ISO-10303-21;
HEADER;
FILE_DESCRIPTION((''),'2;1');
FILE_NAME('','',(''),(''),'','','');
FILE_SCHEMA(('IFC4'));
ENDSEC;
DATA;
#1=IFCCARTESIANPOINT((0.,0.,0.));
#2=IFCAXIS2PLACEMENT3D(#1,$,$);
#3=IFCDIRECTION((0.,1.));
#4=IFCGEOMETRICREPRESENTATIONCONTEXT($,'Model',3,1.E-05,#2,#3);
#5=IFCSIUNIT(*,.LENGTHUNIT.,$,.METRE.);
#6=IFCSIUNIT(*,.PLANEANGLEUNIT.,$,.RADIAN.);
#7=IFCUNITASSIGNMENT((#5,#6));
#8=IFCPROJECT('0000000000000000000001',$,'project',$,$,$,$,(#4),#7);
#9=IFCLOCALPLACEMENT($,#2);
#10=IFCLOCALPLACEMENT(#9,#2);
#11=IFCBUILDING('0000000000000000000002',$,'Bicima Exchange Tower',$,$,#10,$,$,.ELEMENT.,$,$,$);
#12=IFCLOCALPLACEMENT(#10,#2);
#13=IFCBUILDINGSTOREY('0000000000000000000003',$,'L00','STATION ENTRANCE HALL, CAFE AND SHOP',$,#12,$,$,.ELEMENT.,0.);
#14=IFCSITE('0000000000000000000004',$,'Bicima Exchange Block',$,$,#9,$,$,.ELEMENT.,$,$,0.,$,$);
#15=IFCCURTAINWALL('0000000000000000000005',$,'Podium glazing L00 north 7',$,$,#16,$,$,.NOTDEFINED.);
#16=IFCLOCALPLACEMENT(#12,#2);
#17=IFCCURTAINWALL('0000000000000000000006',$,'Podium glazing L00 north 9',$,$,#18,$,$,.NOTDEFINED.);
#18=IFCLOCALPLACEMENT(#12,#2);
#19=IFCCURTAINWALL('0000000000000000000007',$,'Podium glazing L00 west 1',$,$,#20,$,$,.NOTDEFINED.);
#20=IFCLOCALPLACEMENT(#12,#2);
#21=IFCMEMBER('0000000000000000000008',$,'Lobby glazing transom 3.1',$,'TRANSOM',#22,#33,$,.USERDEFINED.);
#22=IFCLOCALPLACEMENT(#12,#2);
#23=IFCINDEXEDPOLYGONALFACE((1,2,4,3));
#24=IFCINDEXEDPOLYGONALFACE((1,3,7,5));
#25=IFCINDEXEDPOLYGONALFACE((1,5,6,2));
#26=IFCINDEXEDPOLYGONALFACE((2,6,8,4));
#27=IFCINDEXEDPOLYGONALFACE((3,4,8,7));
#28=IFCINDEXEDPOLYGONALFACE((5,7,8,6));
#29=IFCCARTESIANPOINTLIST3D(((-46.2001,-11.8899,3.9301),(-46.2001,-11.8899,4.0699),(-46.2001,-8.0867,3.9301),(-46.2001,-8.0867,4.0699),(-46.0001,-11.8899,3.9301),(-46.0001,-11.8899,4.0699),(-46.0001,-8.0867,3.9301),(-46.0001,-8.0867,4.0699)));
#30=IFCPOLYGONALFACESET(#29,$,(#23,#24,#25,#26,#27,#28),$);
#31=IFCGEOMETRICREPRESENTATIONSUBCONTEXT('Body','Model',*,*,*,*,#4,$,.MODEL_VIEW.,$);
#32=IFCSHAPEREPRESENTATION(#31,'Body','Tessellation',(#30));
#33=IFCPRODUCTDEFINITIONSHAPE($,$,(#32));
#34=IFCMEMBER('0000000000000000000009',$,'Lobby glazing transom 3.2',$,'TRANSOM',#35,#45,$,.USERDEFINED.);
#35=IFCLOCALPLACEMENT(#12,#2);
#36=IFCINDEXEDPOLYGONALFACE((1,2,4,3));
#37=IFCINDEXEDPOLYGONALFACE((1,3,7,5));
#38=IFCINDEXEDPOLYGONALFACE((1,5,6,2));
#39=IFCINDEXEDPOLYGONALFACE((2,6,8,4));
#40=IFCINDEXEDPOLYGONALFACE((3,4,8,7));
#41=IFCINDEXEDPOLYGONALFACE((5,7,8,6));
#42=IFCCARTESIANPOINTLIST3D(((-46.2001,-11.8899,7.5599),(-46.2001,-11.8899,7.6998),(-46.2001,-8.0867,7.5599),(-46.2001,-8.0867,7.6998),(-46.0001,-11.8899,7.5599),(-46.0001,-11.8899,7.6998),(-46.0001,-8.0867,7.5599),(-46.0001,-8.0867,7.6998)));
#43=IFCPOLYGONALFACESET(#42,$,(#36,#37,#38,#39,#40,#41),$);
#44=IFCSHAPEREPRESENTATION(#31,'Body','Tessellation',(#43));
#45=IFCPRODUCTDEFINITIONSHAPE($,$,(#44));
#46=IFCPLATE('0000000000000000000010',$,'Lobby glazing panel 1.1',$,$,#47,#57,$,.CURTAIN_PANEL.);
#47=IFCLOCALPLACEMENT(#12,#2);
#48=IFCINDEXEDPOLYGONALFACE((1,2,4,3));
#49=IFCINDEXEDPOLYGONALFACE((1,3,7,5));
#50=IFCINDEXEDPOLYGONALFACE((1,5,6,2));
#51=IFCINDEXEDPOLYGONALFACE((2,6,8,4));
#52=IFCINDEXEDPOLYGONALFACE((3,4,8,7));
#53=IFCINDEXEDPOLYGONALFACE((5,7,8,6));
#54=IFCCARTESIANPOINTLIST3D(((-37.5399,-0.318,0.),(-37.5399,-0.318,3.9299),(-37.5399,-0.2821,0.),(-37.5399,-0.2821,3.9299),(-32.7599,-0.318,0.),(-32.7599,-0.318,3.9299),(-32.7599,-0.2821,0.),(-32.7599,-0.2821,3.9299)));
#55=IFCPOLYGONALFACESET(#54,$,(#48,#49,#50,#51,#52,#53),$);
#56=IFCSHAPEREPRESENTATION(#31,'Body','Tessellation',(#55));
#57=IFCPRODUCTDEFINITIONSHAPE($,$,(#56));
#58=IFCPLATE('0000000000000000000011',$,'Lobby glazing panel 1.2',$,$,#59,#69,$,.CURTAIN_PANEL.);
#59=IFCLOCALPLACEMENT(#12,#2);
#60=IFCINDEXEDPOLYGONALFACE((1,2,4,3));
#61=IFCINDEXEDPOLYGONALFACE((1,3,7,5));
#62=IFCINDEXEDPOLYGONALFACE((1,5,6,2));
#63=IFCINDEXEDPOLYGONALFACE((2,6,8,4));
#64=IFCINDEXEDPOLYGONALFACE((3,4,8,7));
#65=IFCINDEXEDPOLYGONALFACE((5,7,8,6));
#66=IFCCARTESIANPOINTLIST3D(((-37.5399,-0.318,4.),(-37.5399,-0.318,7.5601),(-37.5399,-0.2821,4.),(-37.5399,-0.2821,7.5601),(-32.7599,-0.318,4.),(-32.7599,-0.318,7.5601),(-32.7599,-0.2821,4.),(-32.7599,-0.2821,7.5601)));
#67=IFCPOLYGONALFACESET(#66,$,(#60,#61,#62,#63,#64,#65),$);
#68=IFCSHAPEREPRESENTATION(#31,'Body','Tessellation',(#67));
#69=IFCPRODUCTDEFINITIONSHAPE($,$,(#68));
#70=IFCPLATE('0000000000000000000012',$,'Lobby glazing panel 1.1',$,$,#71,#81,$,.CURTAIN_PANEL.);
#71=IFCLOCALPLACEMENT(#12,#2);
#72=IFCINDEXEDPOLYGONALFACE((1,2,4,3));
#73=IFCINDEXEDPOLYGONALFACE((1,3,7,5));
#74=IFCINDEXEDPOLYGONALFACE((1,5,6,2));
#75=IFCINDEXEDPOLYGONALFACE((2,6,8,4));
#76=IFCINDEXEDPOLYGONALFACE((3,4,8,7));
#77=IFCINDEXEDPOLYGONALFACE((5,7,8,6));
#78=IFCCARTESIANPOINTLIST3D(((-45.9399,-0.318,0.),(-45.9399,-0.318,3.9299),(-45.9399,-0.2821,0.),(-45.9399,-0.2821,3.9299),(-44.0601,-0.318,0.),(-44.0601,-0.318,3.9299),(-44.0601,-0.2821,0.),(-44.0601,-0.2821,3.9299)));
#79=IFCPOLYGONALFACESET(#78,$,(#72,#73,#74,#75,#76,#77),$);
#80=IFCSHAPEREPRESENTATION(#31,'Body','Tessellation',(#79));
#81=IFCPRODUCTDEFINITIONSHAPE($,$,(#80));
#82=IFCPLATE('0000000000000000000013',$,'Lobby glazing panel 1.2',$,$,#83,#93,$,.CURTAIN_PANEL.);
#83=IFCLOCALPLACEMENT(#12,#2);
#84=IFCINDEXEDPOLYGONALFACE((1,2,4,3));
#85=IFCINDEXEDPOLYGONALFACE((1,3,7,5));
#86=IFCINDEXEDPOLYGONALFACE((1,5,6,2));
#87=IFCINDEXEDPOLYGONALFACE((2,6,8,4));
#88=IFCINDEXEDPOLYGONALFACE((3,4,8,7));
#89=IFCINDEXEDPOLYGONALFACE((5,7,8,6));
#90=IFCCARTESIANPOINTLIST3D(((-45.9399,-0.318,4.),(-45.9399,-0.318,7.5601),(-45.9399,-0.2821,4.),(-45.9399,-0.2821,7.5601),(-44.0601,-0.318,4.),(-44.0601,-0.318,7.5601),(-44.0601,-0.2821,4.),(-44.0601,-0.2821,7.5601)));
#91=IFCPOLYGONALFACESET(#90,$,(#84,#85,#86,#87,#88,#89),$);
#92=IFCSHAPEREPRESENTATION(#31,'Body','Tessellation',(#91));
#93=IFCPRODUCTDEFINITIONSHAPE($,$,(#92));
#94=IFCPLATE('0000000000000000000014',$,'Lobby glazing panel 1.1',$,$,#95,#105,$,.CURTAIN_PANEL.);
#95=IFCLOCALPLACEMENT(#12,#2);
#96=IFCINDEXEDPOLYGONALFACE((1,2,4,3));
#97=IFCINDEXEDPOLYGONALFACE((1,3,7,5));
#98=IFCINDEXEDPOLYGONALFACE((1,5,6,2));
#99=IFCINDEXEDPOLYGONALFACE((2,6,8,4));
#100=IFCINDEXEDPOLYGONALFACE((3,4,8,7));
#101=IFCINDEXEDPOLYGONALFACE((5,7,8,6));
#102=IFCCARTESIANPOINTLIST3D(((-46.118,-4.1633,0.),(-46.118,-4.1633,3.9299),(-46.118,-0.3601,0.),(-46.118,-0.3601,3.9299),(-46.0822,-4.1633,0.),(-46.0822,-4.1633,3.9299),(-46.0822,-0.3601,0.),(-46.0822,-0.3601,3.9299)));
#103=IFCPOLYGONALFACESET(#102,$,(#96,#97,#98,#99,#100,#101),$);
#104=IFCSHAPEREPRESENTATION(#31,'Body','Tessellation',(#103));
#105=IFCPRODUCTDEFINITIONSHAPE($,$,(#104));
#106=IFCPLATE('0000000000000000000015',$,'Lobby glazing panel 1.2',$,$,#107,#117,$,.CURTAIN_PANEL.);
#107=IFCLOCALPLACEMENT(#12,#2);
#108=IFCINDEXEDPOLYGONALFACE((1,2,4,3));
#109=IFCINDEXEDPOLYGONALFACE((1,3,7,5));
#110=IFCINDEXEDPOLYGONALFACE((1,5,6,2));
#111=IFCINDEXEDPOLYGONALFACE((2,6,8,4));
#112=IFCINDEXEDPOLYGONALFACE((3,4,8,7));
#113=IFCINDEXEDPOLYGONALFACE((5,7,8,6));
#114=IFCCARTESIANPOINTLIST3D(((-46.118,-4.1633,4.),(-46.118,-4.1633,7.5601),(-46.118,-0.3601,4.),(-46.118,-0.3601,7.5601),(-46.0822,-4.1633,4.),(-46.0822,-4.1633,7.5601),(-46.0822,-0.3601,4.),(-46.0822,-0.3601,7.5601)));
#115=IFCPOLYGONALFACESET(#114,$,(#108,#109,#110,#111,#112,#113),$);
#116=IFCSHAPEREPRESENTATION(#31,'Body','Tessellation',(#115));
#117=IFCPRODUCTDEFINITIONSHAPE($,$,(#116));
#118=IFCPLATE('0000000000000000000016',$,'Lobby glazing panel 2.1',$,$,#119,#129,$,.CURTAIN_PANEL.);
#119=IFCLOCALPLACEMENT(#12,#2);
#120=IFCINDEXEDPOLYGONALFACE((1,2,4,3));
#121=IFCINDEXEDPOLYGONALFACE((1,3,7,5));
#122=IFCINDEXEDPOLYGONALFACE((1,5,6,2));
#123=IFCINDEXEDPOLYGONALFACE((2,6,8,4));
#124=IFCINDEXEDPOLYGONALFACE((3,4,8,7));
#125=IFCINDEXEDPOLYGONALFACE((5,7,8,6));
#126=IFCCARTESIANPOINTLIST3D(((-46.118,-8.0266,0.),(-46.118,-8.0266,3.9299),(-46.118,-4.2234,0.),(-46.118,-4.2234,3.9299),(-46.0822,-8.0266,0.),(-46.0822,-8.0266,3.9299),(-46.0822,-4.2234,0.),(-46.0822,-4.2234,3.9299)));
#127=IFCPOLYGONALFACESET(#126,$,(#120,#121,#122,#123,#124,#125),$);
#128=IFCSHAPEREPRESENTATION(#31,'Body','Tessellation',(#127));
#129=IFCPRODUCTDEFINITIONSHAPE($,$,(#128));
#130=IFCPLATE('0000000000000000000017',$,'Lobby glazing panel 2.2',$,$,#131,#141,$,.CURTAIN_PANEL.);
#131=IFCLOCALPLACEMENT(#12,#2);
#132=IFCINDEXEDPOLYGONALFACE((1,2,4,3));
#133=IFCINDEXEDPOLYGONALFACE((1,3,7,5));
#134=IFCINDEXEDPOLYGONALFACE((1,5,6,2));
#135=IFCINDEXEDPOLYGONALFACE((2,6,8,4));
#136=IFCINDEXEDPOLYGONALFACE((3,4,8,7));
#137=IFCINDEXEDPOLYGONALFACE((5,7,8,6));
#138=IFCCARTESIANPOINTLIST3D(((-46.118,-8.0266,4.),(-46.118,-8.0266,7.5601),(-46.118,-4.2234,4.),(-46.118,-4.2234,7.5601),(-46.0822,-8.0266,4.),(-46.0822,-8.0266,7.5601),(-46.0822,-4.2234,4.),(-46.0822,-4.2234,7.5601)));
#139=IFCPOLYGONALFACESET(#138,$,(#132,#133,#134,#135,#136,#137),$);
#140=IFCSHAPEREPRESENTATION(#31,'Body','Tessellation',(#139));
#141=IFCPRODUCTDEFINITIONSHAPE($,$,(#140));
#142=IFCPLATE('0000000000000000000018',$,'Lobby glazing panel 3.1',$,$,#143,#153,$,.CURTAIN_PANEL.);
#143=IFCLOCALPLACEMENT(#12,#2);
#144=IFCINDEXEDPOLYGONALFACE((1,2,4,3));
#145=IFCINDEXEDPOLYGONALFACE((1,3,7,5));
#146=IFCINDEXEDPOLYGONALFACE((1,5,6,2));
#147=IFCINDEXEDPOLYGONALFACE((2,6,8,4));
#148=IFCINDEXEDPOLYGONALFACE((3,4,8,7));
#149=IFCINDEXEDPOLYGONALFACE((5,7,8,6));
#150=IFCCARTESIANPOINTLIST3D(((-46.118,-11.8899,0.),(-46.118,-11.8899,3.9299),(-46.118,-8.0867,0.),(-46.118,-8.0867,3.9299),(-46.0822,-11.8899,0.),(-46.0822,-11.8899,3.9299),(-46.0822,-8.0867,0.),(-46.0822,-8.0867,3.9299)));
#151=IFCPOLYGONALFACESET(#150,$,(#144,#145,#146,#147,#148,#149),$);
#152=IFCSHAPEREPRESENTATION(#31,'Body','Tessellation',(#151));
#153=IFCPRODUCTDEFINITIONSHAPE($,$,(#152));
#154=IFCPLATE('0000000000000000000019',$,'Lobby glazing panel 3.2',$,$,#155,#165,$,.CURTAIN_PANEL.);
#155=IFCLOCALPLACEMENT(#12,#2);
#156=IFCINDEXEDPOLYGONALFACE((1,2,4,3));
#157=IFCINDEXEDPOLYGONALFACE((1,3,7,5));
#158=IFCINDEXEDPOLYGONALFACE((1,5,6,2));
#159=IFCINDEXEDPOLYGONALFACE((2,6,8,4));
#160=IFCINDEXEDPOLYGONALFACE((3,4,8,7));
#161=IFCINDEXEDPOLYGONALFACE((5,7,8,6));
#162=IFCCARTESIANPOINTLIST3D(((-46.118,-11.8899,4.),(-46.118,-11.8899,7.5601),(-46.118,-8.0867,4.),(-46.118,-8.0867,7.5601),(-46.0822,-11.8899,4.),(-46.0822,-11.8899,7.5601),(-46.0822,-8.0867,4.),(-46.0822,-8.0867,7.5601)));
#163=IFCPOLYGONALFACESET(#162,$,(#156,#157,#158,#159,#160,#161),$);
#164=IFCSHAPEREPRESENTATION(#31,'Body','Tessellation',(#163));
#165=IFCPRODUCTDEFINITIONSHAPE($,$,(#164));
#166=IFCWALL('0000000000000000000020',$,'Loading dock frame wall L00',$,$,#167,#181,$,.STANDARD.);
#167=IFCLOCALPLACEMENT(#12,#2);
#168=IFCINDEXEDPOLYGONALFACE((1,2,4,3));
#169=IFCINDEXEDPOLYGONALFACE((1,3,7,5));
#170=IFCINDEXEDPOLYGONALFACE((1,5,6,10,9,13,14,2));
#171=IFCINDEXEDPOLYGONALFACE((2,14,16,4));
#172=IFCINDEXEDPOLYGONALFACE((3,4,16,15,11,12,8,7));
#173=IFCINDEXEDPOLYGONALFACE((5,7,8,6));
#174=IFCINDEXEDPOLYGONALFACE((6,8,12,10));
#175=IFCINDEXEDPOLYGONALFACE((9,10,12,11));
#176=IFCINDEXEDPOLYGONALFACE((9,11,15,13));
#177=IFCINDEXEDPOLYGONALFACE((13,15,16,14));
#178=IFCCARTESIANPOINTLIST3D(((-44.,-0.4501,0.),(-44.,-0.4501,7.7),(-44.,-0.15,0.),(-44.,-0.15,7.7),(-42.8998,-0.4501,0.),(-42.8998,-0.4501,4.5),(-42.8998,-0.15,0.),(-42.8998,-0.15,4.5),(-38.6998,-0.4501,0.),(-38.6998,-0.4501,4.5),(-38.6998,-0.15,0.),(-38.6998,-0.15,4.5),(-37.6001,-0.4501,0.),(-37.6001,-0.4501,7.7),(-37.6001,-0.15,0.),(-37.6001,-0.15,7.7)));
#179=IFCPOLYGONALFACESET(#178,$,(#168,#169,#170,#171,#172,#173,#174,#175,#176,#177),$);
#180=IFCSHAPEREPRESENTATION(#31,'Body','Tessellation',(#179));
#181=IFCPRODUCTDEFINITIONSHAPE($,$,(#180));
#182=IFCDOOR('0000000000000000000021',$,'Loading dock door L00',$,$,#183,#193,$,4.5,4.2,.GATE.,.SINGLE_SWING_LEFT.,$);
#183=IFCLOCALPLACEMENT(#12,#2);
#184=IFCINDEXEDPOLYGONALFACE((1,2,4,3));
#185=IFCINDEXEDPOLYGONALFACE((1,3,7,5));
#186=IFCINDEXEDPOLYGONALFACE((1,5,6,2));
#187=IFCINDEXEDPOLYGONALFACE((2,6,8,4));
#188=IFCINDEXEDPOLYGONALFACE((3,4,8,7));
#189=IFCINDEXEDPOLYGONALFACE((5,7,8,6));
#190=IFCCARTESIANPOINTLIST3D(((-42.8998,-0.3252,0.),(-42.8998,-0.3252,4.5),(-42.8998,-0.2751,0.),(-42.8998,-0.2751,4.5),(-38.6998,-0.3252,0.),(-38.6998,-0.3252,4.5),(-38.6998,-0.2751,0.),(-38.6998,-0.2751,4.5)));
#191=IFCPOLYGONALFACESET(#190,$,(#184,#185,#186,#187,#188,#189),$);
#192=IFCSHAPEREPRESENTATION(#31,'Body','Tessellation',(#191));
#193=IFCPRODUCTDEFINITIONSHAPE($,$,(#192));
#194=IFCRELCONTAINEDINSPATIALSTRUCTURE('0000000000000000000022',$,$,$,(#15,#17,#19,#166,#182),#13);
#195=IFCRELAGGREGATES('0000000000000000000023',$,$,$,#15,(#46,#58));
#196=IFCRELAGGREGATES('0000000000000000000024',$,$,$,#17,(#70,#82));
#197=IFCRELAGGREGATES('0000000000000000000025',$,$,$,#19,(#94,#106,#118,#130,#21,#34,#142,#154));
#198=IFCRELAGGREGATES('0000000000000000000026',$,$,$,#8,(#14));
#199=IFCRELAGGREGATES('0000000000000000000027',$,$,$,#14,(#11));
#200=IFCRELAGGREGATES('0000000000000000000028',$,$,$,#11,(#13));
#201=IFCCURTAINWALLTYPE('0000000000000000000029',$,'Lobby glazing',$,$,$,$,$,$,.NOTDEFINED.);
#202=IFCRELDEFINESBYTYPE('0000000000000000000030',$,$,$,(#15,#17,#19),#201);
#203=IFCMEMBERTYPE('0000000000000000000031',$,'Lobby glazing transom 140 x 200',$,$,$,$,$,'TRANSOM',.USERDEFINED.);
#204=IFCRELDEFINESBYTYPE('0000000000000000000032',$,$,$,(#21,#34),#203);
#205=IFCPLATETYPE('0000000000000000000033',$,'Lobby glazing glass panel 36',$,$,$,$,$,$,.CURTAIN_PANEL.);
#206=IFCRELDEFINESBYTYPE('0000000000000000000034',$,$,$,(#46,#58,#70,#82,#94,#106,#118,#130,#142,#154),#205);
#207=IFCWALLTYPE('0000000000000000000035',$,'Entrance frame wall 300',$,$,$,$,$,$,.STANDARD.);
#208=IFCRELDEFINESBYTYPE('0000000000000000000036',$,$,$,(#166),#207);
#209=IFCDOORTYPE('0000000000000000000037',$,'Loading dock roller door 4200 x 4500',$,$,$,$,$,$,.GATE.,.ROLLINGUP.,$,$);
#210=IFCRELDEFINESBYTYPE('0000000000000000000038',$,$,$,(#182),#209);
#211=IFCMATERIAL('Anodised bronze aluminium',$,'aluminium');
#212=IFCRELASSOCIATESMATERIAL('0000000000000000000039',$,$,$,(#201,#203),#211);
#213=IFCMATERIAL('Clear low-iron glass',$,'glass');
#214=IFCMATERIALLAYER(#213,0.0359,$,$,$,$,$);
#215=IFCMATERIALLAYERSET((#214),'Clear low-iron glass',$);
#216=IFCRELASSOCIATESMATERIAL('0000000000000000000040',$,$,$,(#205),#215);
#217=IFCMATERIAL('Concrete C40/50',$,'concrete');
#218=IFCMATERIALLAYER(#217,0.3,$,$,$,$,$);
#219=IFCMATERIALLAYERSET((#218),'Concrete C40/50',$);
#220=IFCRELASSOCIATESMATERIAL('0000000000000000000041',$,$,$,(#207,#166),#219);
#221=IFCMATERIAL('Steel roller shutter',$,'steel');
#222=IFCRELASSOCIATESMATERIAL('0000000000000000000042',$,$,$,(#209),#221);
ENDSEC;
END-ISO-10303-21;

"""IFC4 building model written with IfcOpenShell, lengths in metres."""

from ifc_helpers import new_model, si_unit, direction, frame, frame_2d, origin, origin_2d, place, context, subcontext, project, spatial, rectangle, extrude, material, layer, layer_set, layer_usage, material_profile, profile_set, type_object, element, fill, aggregate, save


model = new_model("IFC4")

# Units and contexts
model_context = context("Model", 3, precision=1e-05, world=origin(), true_north=direction((0.0, 1.0)))
body_context = subcontext(model_context, "Body", "Model", "MODEL_VIEW")
ifc_project = project(units=[si_unit("LENGTHUNIT", "METRE"), si_unit("PLANEANGLEUNIT", "RADIAN")], contexts=[model_context])

# Site, building, storey
site_placement = place(None, origin())
site = spatial("IfcSite", under=ifc_project, at=site_placement, Name="Bicima Exchange Block", CompositionType="ELEMENT", RefElevation=0.0)
building_placement = place(site_placement, origin())
building = spatial("IfcBuilding", under=site, at=building_placement, Name="Bicima Exchange Tower", CompositionType="ELEMENT")
storey_placement = place(building_placement, origin())
storey = spatial("IfcBuildingStorey", under=building, at=storey_placement, Name="L00", Description="STATION ENTRANCE HALL, CAFE AND SHOP", CompositionType="ELEMENT", Elevation=0.0)

# Curtain wall
ifc_material_1 = material(Name="Anodised bronze aluminium", Category="aluminium")
curtain_wall_type = type_object("IfcCurtainWallType", Name="Lobby glazing", PredefinedType="NOTDEFINED", material=ifc_material_1)
curtain_wall_1_placement = place(storey_placement, origin())
curtain_wall_1 = element("IfcCurtainWall", 1, at=curtain_wall_1_placement, inside=storey, type_object=curtain_wall_type, Name="Podium glazing L00 north 7", PredefinedType="NOTDEFINED")

# Curtain walls
curtain_wall_2_placement = place(storey_placement, origin())
curtain_wall_2 = element("IfcCurtainWall", 2, at=curtain_wall_2_placement, inside=storey, type_object=curtain_wall_type, Name="Podium glazing L00 north 9", PredefinedType="NOTDEFINED")
curtain_wall_3_placement = place(storey_placement, origin())
curtain_wall_3 = element("IfcCurtainWall", 3, at=curtain_wall_3_placement, inside=storey, type_object=curtain_wall_type, Name="Podium glazing L00 west 1", PredefinedType="NOTDEFINED")

# Members
ifc_material_profile_1 = material_profile(ifc_material_1, rectangle(XDim=0.2, YDim=0.1399, at=origin_2d()))
ifc_profile_set_1 = profile_set([ifc_material_profile_1], Name="Anodised bronze aluminium")
member_type_1 = type_object("IfcMemberType", Name="Lobby glazing transom 140 x 200", ElementType="TRANSOM", PredefinedType="USERDEFINED", material=ifc_profile_set_1)
member_1_placement = place(storey_placement, frame((-46.1001, -8.0867, 4.0), z_axis=(0.0, -1.0, 0.0), x_axis=(1.0, 0.0, 0.0)))
member_1 = element("IfcMember", 4, at=member_1_placement, type_object=member_type_1, Name="Lobby glazing transom 3.1", ObjectType="TRANSOM", PredefinedType="USERDEFINED", context=body_context, shape_type="SweptSolid", body=[
    extrude(rectangle(XDim=0.2, YDim=0.1399, at=origin_2d()), origin(), (0.0, 0.0, 1.0), 3.8032),
])
member_2_placement = place(storey_placement, frame((-46.1001, -8.0867, 7.6299), z_axis=(0.0, -1.0, 0.0), x_axis=(1.0, 0.0, 0.0)))
member_2 = element("IfcMember", 5, at=member_2_placement, type_object=member_type_1, Name="Lobby glazing transom 3.2", ObjectType="TRANSOM", PredefinedType="USERDEFINED", context=body_context, shape_type="SweptSolid", body=[
    extrude(rectangle(XDim=0.2, YDim=0.1399, at=origin_2d()), origin(), (0.0, 0.0, 1.0), 3.8032),
])

# Plates
ifc_material_2 = material(Name="Clear low-iron glass", Category="glass")
ifc_layer_1 = layer(ifc_material_2, 0.0359)
ifc_layer_set_1 = layer_set([ifc_layer_1], Name="Clear low-iron glass")
plate_type = type_object("IfcPlateType", Name="Lobby glazing glass panel 36", PredefinedType="CURTAIN_PANEL", material=ifc_layer_set_1)
plate_1_placement = place(storey_placement, frame((-35.1499, -0.3, 0.0), z_axis=(0.0, 0.0, 1.0), x_axis=(-1.0, 0.0, 0.0)))
plate_1 = element("IfcPlate", 6, at=plate_1_placement, type_object=plate_type, Name="Lobby glazing panel 1.1", PredefinedType="CURTAIN_PANEL", context=body_context, shape_type="SweptSolid", body=[
    extrude(rectangle(XDim=4.78, YDim=0.0359, at=origin_2d()), origin(), (0.0, 0.0, 1.0), 3.9299),
])
plate_2_placement = place(storey_placement, frame((-35.1499, -0.3, 4.0), z_axis=(0.0, 0.0, 1.0), x_axis=(-1.0, 0.0, 0.0)))
plate_2 = element("IfcPlate", 7, at=plate_2_placement, type_object=plate_type, Name="Lobby glazing panel 1.2", PredefinedType="CURTAIN_PANEL", context=body_context, shape_type="SweptSolid", body=[
    extrude(rectangle(XDim=4.78, YDim=0.0359, at=origin_2d()), origin(), (0.0, 0.0, 1.0), 3.5601),
])
aggregate(curtain_wall_1, [plate_1, plate_2])
plate_3_placement = place(storey_placement, frame((-45.0, -0.3, 0.0), z_axis=(0.0, 0.0, 1.0), x_axis=(-1.0, 0.0, 0.0)))
plate_3 = element("IfcPlate", 8, at=plate_3_placement, type_object=plate_type, Name="Lobby glazing panel 1.1", PredefinedType="CURTAIN_PANEL", context=body_context, shape_type="SweptSolid", body=[
    extrude(rectangle(XDim=1.8799, YDim=0.0359, at=origin_2d()), origin(), (0.0, 0.0, 1.0), 3.9299),
])
plate_4_placement = place(storey_placement, frame((-45.0, -0.3, 4.0), z_axis=(0.0, 0.0, 1.0), x_axis=(-1.0, 0.0, 0.0)))
plate_4 = element("IfcPlate", 9, at=plate_4_placement, type_object=plate_type, Name="Lobby glazing panel 1.2", PredefinedType="CURTAIN_PANEL", context=body_context, shape_type="SweptSolid", body=[
    extrude(rectangle(XDim=1.8799, YDim=0.0359, at=origin_2d()), origin(), (0.0, 0.0, 1.0), 3.5601),
])
aggregate(curtain_wall_2, [plate_3, plate_4])
plate_5_placement = place(storey_placement, frame((-46.1001, -2.2617, 0.0), z_axis=(0.0, 0.0, 1.0), x_axis=(0.0, -1.0, 0.0)))
plate_5 = element("IfcPlate", 10, at=plate_5_placement, type_object=plate_type, Name="Lobby glazing panel 1.1", PredefinedType="CURTAIN_PANEL", context=body_context, shape_type="SweptSolid", body=[
    extrude(rectangle(XDim=3.8032, YDim=0.0359, at=origin_2d()), origin(), (0.0, 0.0, 1.0), 3.9299),
])
plate_6_placement = place(storey_placement, frame((-46.1001, -2.2617, 4.0), z_axis=(0.0, 0.0, 1.0), x_axis=(0.0, -1.0, 0.0)))
plate_6 = element("IfcPlate", 11, at=plate_6_placement, type_object=plate_type, Name="Lobby glazing panel 1.2", PredefinedType="CURTAIN_PANEL", context=body_context, shape_type="SweptSolid", body=[
    extrude(rectangle(XDim=3.8032, YDim=0.0359, at=origin_2d()), origin(), (0.0, 0.0, 1.0), 3.5601),
])
plate_7_placement = place(storey_placement, frame((-46.1001, -6.125, 0.0), z_axis=(0.0, 0.0, 1.0), x_axis=(0.0, -1.0, 0.0)))
plate_7 = element("IfcPlate", 12, at=plate_7_placement, type_object=plate_type, Name="Lobby glazing panel 2.1", PredefinedType="CURTAIN_PANEL", context=body_context, shape_type="SweptSolid", body=[
    extrude(rectangle(XDim=3.8032, YDim=0.0359, at=origin_2d()), origin(), (0.0, 0.0, 1.0), 3.9299),
])
plate_8_placement = place(storey_placement, frame((-46.1001, -6.125, 4.0), z_axis=(0.0, 0.0, 1.0), x_axis=(0.0, -1.0, 0.0)))
plate_8 = element("IfcPlate", 13, at=plate_8_placement, type_object=plate_type, Name="Lobby glazing panel 2.2", PredefinedType="CURTAIN_PANEL", context=body_context, shape_type="SweptSolid", body=[
    extrude(rectangle(XDim=3.8032, YDim=0.0359, at=origin_2d()), origin(), (0.0, 0.0, 1.0), 3.5601),
])
plate_9_placement = place(storey_placement, frame((-46.1001, -9.9883, 0.0), z_axis=(0.0, 0.0, 1.0), x_axis=(0.0, -1.0, 0.0)))
plate_9 = element("IfcPlate", 14, at=plate_9_placement, type_object=plate_type, Name="Lobby glazing panel 3.1", PredefinedType="CURTAIN_PANEL", context=body_context, shape_type="SweptSolid", body=[
    extrude(rectangle(XDim=3.8032, YDim=0.0359, at=origin_2d()), origin(), (0.0, 0.0, 1.0), 3.9299),
])
plate_10_placement = place(storey_placement, frame((-46.1001, -9.9883, 4.0), z_axis=(0.0, 0.0, 1.0), x_axis=(0.0, -1.0, 0.0)))
plate_10 = element("IfcPlate", 15, at=plate_10_placement, type_object=plate_type, Name="Lobby glazing panel 3.2", PredefinedType="CURTAIN_PANEL", context=body_context, shape_type="SweptSolid", body=[
    extrude(rectangle(XDim=3.8032, YDim=0.0359, at=origin_2d()), origin(), (0.0, 0.0, 1.0), 3.5601),
])
aggregate(curtain_wall_3, [plate_5, plate_6, plate_7, plate_8, member_1, member_2, plate_9, plate_10])

# Wall, opening, door
ifc_material_3 = material(Name="Concrete C40/50", Category="concrete")
ifc_layer_2 = layer(ifc_material_3, 0.3)
ifc_layer_set_2 = layer_set([ifc_layer_2], Name="Concrete C40/50")
ifc_layer_usage = layer_usage(ifc_layer_set_2, "AXIS2", "POSITIVE", -0.15)
wall_type_1 = type_object("IfcWallType", Name="Entrance frame wall 300", PredefinedType="STANDARD", material=ifc_layer_set_2)
wall_1_placement = place(storey_placement, frame((-44.0, -0.3, 0.0), z_axis=(0.0, 0.0, 1.0), x_axis=(1.0, 0.0, 0.0)))
wall_1 = element("IfcWall", 16, at=wall_1_placement, inside=storey, type_object=wall_type_1, material=ifc_layer_usage, Name="Loading dock frame wall L00", PredefinedType="STANDARD", context=body_context, shape_type="SweptSolid", body=[
    extrude(rectangle(XDim=6.3999, YDim=0.3, at=frame_2d((3.2, 0.0))), origin(), (0.0, 0.0, 1.0), 7.7),
])
opening_1_placement = place(wall_1_placement, frame((1.1001, 0.0, 0.0)))
opening_1 = element("IfcOpeningElement", 17, at=opening_1_placement, cuts=wall_1, PredefinedType="OPENING", context=body_context, shape_type="SweptSolid", body=[
    extrude(rectangle(XDim=4.2, YDim=4.5, at=frame_2d((2.1001, 2.25))), frame((0.0, 0.1621, 0.0), z_axis=(0.0, -1.0, 0.0), x_axis=(1.0, 0.0, 0.0)), (0.0, 0.0, 1.0), 0.324),
])
ifc_material_4 = material(Name="Steel roller shutter", Category="steel")
door_type_1 = type_object("IfcDoorType", Name="Loading dock roller door 4200 x 4500", OperationType="ROLLINGUP", PredefinedType="GATE", material=ifc_material_4)
door_1_placement = place(opening_1_placement, origin())
door_1 = element("IfcDoor", 18, at=door_1_placement, inside=storey, type_object=door_type_1, Name="Loading dock door L00", OperationType="SINGLE_SWING_LEFT", OverallHeight=4.5, OverallWidth=4.2, PredefinedType="GATE", context=body_context, shape_type="SweptSolid", body=[
    extrude(rectangle(XDim=4.2, YDim=4.5, at=frame_2d((2.1001, 2.25))), frame((0.0, 0.0249, 0.0), z_axis=(0.0, -1.0, 0.0), x_axis=(1.0, 0.0, 0.0)), (0.0, 0.0, 1.0), 0.05),
])
fill(opening_1, door_1)

save(model, "model.ifc")
